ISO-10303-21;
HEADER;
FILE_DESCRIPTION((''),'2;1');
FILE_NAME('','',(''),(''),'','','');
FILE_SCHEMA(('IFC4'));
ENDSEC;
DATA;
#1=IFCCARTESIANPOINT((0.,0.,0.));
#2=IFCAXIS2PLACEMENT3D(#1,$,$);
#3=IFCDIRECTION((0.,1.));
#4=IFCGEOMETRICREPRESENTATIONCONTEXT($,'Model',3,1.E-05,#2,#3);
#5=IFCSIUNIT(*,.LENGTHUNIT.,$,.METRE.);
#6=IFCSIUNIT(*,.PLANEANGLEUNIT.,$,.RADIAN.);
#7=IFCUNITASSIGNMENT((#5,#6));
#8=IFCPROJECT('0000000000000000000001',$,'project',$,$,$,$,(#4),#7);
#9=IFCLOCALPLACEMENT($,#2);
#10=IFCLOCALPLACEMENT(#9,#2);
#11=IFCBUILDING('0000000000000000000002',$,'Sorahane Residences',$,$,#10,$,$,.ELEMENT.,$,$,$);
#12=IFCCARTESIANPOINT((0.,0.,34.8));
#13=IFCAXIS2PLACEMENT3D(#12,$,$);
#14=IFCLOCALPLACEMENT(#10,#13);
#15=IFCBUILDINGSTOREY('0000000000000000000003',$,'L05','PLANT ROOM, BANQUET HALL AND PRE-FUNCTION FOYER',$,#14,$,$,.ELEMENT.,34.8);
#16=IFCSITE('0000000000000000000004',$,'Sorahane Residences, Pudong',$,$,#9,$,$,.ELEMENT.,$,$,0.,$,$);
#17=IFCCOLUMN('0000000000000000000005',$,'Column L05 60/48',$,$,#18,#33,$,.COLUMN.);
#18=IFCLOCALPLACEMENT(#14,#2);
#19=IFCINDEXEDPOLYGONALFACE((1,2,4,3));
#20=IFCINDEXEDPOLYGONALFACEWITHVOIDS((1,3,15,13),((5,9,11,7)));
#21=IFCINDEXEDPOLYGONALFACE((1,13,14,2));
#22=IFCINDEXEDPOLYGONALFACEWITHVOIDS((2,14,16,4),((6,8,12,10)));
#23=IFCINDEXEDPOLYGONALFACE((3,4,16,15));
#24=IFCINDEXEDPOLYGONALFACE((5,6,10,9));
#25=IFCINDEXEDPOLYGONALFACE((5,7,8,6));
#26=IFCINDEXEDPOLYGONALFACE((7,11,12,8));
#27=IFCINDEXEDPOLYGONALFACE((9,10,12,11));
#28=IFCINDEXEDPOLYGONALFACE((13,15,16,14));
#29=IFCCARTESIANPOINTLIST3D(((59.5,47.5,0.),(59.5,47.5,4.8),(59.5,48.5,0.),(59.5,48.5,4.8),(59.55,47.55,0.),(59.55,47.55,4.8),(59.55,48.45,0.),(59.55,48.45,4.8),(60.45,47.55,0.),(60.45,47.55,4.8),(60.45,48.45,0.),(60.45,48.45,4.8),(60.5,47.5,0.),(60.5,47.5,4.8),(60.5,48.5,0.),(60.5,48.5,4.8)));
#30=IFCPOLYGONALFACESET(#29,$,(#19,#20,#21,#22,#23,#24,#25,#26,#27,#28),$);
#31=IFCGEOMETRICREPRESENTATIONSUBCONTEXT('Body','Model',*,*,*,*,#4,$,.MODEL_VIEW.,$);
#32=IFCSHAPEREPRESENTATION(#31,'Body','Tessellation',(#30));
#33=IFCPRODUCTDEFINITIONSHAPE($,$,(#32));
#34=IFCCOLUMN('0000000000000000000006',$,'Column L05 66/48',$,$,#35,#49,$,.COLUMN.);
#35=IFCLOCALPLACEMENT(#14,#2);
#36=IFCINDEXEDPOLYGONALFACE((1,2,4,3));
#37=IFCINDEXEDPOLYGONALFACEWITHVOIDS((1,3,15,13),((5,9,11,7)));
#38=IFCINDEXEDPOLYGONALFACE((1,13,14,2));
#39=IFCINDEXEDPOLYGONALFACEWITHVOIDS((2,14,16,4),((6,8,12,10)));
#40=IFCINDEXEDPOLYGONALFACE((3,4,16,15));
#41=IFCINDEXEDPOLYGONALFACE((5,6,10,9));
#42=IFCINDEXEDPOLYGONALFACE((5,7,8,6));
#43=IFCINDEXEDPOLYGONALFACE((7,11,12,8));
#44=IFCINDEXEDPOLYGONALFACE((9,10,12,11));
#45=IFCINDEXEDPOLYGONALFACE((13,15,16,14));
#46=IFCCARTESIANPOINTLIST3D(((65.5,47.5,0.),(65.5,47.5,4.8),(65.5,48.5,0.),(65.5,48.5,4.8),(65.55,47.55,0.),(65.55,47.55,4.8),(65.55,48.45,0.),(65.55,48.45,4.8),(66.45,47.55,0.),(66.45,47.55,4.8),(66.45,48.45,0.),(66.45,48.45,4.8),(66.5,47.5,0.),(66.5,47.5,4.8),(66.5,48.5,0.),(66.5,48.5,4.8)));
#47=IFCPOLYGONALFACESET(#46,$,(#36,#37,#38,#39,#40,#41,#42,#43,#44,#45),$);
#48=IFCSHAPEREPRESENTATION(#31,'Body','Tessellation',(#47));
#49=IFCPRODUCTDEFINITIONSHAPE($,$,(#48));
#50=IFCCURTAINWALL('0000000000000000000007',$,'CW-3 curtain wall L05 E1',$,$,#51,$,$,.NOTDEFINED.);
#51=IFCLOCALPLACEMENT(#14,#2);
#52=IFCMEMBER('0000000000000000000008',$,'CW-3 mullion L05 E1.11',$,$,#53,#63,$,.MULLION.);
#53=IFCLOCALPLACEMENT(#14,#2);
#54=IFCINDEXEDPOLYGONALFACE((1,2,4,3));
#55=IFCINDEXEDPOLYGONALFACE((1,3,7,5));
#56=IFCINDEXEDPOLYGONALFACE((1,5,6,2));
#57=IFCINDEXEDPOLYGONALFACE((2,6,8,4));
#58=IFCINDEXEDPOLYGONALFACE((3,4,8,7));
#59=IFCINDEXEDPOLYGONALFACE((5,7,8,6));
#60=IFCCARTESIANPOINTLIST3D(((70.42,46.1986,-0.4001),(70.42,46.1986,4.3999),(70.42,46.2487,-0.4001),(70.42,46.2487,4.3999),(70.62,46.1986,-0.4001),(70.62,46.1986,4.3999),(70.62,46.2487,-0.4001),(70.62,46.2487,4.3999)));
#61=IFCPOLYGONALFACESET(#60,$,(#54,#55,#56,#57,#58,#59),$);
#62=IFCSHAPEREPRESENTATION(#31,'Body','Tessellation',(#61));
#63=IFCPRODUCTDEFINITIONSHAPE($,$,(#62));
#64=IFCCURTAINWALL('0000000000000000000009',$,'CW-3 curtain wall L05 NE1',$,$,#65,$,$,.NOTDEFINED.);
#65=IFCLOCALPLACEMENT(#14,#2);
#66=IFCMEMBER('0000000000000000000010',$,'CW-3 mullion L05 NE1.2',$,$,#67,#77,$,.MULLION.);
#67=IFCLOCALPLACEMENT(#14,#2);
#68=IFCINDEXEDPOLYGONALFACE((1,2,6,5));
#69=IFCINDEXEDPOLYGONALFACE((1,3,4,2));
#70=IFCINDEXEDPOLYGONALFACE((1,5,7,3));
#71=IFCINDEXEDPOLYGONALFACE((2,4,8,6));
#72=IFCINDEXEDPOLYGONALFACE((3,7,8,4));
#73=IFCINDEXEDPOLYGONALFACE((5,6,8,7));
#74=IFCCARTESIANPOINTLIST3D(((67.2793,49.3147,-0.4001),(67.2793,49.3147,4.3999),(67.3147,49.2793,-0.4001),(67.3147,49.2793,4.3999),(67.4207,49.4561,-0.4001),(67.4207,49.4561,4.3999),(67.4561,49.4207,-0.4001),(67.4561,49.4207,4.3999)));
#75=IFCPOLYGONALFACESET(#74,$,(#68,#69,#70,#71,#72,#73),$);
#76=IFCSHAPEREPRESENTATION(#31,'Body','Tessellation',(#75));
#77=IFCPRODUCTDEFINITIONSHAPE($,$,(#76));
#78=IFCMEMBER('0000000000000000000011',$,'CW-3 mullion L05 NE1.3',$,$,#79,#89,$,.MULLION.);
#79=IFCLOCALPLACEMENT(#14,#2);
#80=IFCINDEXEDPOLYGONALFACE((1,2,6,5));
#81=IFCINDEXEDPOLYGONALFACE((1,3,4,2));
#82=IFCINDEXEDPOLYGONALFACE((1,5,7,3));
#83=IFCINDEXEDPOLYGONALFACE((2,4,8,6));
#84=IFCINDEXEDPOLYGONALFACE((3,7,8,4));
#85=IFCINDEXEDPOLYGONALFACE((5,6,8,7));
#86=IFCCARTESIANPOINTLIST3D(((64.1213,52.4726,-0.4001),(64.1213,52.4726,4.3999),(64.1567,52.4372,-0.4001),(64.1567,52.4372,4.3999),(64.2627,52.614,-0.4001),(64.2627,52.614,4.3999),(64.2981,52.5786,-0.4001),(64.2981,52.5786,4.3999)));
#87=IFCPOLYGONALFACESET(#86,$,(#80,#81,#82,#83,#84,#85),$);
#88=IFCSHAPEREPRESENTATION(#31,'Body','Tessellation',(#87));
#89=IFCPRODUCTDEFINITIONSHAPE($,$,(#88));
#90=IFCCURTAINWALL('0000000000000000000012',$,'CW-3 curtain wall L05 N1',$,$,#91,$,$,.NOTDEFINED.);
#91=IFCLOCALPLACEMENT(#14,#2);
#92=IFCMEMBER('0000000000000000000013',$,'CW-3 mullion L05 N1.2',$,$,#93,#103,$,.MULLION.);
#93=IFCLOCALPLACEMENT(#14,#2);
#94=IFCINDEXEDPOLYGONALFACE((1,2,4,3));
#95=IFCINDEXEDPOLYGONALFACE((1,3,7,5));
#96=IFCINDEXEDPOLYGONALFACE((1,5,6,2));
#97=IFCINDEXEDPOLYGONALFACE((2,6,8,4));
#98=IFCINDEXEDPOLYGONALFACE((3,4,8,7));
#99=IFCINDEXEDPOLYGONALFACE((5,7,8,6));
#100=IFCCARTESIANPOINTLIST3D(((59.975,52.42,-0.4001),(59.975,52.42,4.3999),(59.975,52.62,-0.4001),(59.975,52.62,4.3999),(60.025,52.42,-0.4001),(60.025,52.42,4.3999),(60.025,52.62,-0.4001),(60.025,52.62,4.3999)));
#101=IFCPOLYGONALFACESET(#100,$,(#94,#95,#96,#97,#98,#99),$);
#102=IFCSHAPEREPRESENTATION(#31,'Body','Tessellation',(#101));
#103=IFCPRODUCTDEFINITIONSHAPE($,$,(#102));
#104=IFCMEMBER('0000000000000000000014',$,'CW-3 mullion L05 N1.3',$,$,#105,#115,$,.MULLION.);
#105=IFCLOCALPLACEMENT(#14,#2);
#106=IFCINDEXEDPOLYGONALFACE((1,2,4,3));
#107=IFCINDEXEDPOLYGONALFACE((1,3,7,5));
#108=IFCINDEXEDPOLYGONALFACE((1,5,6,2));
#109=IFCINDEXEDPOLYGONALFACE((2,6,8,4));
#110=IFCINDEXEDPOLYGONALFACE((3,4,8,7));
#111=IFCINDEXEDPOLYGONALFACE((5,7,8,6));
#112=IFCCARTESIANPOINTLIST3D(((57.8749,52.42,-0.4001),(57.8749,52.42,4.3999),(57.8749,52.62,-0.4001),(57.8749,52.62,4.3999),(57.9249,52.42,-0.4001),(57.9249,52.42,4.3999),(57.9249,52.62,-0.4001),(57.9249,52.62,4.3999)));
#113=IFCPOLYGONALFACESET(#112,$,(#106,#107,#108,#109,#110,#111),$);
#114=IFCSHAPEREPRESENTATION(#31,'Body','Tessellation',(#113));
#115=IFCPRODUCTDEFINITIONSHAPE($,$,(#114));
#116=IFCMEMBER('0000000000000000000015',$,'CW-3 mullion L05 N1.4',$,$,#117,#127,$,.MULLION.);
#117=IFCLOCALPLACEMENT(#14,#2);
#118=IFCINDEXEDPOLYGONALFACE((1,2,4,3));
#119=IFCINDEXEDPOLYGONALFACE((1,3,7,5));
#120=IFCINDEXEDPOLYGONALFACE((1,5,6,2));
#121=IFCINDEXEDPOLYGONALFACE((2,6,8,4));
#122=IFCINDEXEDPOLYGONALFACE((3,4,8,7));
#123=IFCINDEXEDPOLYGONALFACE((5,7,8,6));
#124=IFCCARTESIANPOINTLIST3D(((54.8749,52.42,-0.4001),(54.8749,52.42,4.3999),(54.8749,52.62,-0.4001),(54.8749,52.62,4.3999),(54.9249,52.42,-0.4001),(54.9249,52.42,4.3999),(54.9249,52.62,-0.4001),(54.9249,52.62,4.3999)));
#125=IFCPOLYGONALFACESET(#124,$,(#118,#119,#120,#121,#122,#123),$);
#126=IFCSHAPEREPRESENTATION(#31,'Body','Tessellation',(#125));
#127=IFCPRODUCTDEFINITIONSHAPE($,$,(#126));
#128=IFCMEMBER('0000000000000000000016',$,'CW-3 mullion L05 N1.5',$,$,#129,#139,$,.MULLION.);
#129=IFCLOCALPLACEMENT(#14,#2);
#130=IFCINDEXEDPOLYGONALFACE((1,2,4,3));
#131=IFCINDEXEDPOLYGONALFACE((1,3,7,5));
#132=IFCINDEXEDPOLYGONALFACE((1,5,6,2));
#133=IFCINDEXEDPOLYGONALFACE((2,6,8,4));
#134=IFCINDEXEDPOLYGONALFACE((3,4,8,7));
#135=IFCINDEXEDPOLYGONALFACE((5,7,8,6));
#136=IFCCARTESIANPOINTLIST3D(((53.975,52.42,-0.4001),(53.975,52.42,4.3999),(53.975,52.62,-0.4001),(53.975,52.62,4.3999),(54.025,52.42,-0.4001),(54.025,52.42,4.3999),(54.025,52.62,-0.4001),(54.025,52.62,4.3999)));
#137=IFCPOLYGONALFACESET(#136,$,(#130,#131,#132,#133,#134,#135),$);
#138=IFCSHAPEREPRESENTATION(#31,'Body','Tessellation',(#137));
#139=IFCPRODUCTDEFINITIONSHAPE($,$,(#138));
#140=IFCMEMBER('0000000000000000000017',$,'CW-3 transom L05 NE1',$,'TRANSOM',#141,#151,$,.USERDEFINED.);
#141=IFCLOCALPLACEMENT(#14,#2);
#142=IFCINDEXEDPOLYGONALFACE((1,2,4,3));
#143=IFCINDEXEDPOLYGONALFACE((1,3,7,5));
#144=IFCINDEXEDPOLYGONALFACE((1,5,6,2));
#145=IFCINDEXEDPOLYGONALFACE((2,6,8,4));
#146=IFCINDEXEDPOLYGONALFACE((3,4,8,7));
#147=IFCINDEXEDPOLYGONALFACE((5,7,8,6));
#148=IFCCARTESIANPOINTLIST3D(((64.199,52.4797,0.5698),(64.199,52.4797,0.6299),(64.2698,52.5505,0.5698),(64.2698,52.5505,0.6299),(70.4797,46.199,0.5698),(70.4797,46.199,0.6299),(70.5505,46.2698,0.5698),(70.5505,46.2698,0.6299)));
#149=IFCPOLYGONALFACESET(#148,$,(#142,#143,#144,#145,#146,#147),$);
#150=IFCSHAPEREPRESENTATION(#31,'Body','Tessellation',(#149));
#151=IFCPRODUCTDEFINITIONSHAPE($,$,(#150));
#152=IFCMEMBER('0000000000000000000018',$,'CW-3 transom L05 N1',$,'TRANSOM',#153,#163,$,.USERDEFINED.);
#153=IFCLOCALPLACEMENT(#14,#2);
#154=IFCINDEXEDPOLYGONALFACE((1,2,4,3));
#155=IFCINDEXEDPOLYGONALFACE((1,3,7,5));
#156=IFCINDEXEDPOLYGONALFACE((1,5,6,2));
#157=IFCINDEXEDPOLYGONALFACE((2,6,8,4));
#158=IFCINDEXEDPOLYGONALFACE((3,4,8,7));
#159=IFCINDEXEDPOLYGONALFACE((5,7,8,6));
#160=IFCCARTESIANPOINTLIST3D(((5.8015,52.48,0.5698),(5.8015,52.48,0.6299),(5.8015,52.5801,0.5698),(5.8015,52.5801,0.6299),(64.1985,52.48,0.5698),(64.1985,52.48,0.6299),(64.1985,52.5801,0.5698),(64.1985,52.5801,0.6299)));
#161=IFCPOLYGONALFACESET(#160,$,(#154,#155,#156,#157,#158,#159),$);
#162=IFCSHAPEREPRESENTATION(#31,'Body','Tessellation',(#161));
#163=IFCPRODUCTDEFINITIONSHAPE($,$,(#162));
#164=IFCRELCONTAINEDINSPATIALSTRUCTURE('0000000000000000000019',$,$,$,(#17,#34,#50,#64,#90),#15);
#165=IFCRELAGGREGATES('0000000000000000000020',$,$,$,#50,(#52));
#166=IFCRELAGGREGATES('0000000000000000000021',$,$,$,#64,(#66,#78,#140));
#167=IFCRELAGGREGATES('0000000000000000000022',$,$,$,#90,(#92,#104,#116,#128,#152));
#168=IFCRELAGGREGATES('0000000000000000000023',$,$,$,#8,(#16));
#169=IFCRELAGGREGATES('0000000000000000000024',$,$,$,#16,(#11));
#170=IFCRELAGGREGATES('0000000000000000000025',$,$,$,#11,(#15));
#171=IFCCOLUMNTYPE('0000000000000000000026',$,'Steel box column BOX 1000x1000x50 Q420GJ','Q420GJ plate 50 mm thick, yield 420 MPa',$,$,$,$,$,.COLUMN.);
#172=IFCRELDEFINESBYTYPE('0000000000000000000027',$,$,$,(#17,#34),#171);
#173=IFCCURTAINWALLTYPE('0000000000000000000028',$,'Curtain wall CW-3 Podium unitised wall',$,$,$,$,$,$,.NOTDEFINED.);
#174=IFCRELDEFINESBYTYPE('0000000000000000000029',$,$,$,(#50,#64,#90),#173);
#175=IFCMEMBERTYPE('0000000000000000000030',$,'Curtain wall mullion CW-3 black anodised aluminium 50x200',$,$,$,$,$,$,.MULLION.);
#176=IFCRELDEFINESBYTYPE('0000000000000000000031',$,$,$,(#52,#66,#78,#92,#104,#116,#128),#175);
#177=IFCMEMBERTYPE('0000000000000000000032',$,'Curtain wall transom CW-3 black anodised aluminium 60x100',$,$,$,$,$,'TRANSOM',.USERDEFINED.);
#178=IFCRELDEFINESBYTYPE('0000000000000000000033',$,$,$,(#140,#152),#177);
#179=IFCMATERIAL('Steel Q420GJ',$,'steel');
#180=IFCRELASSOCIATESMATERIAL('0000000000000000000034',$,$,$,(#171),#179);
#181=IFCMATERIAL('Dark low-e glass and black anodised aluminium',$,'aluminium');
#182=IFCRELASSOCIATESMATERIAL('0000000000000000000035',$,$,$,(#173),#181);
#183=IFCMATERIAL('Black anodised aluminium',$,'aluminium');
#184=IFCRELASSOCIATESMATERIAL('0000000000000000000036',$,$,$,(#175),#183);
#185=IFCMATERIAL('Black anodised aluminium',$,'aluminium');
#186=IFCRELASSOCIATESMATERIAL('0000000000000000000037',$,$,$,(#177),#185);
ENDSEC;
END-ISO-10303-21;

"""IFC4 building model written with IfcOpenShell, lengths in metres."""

from ifc_helpers import new_model, si_unit, direction, frame, origin, origin_2d, place, context, subcontext, project, spatial, rectangle, hollow_rectangle, extrude, material, material_profile, profile_set, type_object, element, aggregate, save


model = new_model("IFC4")

# Units and contexts
model_context = context("Model", 3, precision=1e-05, world=origin(), true_north=direction((0.0, 1.0)))
body_context = subcontext(model_context, "Body", "Model", "MODEL_VIEW")
ifc_project = project(units=[si_unit("LENGTHUNIT", "METRE"), si_unit("PLANEANGLEUNIT", "RADIAN")], contexts=[model_context])

# Site, building, storey
site_placement = place(None, origin())
site = spatial("IfcSite", under=ifc_project, at=site_placement, Name="Sorahane Residences, Pudong", CompositionType="ELEMENT", RefElevation=0.0)
building_placement = place(site_placement, origin())
building = spatial("IfcBuilding", under=site, at=building_placement, Name="Sorahane Residences", CompositionType="ELEMENT")
storey_placement = place(building_placement, frame((0.0, 0.0, 34.8)))
storey = spatial("IfcBuildingStorey", under=building, at=storey_placement, Name="L05", Description="PLANT ROOM, BANQUET HALL AND PRE-FUNCTION FOYER", CompositionType="ELEMENT", Elevation=34.8)

# Columns
ifc_material_1 = material(Name="Steel Q420GJ", Category="steel")
ifc_material_profile_1 = material_profile(ifc_material_1, hollow_rectangle(XDim=1.0, YDim=1.0, WallThickness=0.05, at=origin_2d()), Name="BOX 1000x1000x50")
ifc_profile_set_1 = profile_set([ifc_material_profile_1], Name="Steel Q420GJ")
column_type = type_object("IfcColumnType", Name="Steel box column BOX 1000x1000x50 Q420GJ", Description="Q420GJ plate 50 mm thick, yield 420 MPa", PredefinedType="COLUMN", material=ifc_profile_set_1)
for number, where, z_axis, x_axis, name in (
    (1, (60.0, 48.0, 0.0), (0.0, 0.0, 1.0), (1.0, 0.0, 0.0), "Column L05 60/48"),
    (2, (66.0, 48.0, 0.0), (0.0, 0.0, 1.0), (1.0, 0.0, 0.0), "Column L05 66/48"),
):
    element("IfcColumn", number, at=place(storey_placement, frame(where, z_axis=z_axis, x_axis=x_axis)), inside=storey, type_object=column_type, Name=name, PredefinedType="COLUMN", context=body_context, shape_type="SweptSolid", body=[
        extrude(hollow_rectangle(XDim=1.0, YDim=1.0, WallThickness=0.05, at=origin_2d()), origin(), (0.0, 0.0, 1.0), 4.8),
    ])

# Curtain wall, member
ifc_material_2 = material(Name="Dark low-e glass and black anodised aluminium", Category="aluminium")
curtain_wall_type = type_object("IfcCurtainWallType", Name="Curtain wall CW-3 Podium unitised wall", PredefinedType="NOTDEFINED", material=ifc_material_2)
curtain_wall_1_placement = place(storey_placement, origin())
curtain_wall_1 = element("IfcCurtainWall", 3, at=curtain_wall_1_placement, inside=storey, type_object=curtain_wall_type, Name="CW-3 curtain wall L05 E1", PredefinedType="NOTDEFINED")
ifc_material_3 = material(Name="Black anodised aluminium", Category="aluminium")
ifc_material_profile_2 = material_profile(ifc_material_3, rectangle(XDim=0.2, YDim=0.05, at=origin_2d()), Name="Curtain wall mullion CW-3 black anodised aluminium 50x200")
ifc_profile_set_2 = profile_set([ifc_material_profile_2], Name="Black anodised aluminium")
member_type_1 = type_object("IfcMemberType", Name="Curtain wall mullion CW-3 black anodised aluminium 50x200", PredefinedType="MULLION", material=ifc_profile_set_2)
member_1_placement = place(storey_placement, frame((70.52, 46.2236, -0.4001), z_axis=(0.0, 0.0, 1.0), x_axis=(1.0, 0.0, 0.0)))
member_1 = element("IfcMember", 4, at=member_1_placement, type_object=member_type_1, Name="CW-3 mullion L05 E1.11", PredefinedType="MULLION", context=body_context, shape_type="SweptSolid", body=[
    extrude(rectangle(XDim=0.2, YDim=0.05, at=origin_2d()), origin(), (0.0, 0.0, 1.0), 4.8),
])

# Curtain walls, members
curtain_wall_2_placement = place(storey_placement, origin())
curtain_wall_2 = element("IfcCurtainWall", 5, at=curtain_wall_2_placement, inside=storey, type_object=curtain_wall_type, Name="CW-3 curtain wall L05 NE1", PredefinedType="NOTDEFINED")
member_2_placement = place(storey_placement, frame((67.3677, 49.3677, -0.4001), z_axis=(0.0, 0.0, 1.0), x_axis=(0.707107, 0.707107, 0.0)))
member_2 = element("IfcMember", 6, at=member_2_placement, type_object=member_type_1, Name="CW-3 mullion L05 NE1.2", PredefinedType="MULLION", context=body_context, shape_type="SweptSolid", body=[
    extrude(rectangle(XDim=0.2, YDim=0.05, at=origin_2d()), origin(), (0.0, 0.0, 1.0), 4.8),
])
member_3_placement = place(storey_placement, frame((64.2097, 52.5256, -0.4001), z_axis=(0.0, 0.0, 1.0), x_axis=(0.707107, 0.707107, 0.0)))
member_3 = element("IfcMember", 7, at=member_3_placement, type_object=member_type_1, Name="CW-3 mullion L05 NE1.3", PredefinedType="MULLION", context=body_context, shape_type="SweptSolid", body=[
    extrude(rectangle(XDim=0.2, YDim=0.05, at=origin_2d()), origin(), (0.0, 0.0, 1.0), 4.8),
])
curtain_wall_3_placement = place(storey_placement, origin())
curtain_wall_3 = element("IfcCurtainWall", 8, at=curtain_wall_3_placement, inside=storey, type_object=curtain_wall_type, Name="CW-3 curtain wall L05 N1", PredefinedType="NOTDEFINED")
member_4_placement = place(storey_placement, frame((60.0, 52.52, -0.4001), z_axis=(0.0, 0.0, 1.0), x_axis=(0.0, 1.0, 0.0)))
member_4 = element("IfcMember", 9, at=member_4_placement, type_object=member_type_1, Name="CW-3 mullion L05 N1.2", PredefinedType="MULLION", context=body_context, shape_type="SweptSolid", body=[
    extrude(rectangle(XDim=0.2, YDim=0.05, at=origin_2d()), origin(), (0.0, 0.0, 1.0), 4.8),
])
member_5_placement = place(storey_placement, frame((57.8999, 52.52, -0.4001), z_axis=(0.0, 0.0, 1.0), x_axis=(0.0, 1.0, 0.0)))
member_5 = element("IfcMember", 10, at=member_5_placement, type_object=member_type_1, Name="CW-3 mullion L05 N1.3", PredefinedType="MULLION", context=body_context, shape_type="SweptSolid", body=[
    extrude(rectangle(XDim=0.2, YDim=0.05, at=origin_2d()), origin(), (0.0, 0.0, 1.0), 4.8),
])
member_6_placement = place(storey_placement, frame((54.8999, 52.52, -0.4001), z_axis=(0.0, 0.0, 1.0), x_axis=(0.0, 1.0, 0.0)))
member_6 = element("IfcMember", 11, at=member_6_placement, type_object=member_type_1, Name="CW-3 mullion L05 N1.4", PredefinedType="MULLION", context=body_context, shape_type="SweptSolid", body=[
    extrude(rectangle(XDim=0.2, YDim=0.05, at=origin_2d()), origin(), (0.0, 0.0, 1.0), 4.8),
])
member_7_placement = place(storey_placement, frame((54.0, 52.52, -0.4001), z_axis=(0.0, 0.0, 1.0), x_axis=(0.0, 1.0, 0.0)))
member_7 = element("IfcMember", 12, at=member_7_placement, type_object=member_type_1, Name="CW-3 mullion L05 N1.5", PredefinedType="MULLION", context=body_context, shape_type="SweptSolid", body=[
    extrude(rectangle(XDim=0.2, YDim=0.05, at=origin_2d()), origin(), (0.0, 0.0, 1.0), 4.8),
])

# Members
ifc_material_4 = material(Name="Black anodised aluminium", Category="aluminium")
ifc_material_profile_3 = material_profile(ifc_material_4, rectangle(XDim=0.1001, YDim=0.0601, at=origin_2d()), Name="Curtain wall transom CW-3 black anodised aluminium 60x100")
ifc_profile_set_3 = profile_set([ifc_material_profile_3], Name="Black anodised aluminium")
member_type_2 = type_object("IfcMemberType", Name="Curtain wall transom CW-3 black anodised aluminium 60x100", ElementType="TRANSOM", PredefinedType="USERDEFINED", material=ifc_profile_set_3)
member_8_placement = place(storey_placement, frame((70.5151, 46.2344, 0.5999), z_axis=(-0.707107, 0.707107, 0.0), x_axis=(-0.707107, -0.707107, 0.0)))
member_8 = element("IfcMember", 13, at=member_8_placement, type_object=member_type_2, Name="CW-3 transom L05 NE1", ObjectType="TRANSOM", PredefinedType="USERDEFINED", context=body_context, shape_type="SweptSolid", body=[
    extrude(rectangle(XDim=0.1001, YDim=0.0601, at=origin_2d()), origin(), (0.0, 0.0, 1.0), 8.8823),
])
member_9_placement = place(storey_placement, frame((64.1985, 52.53, 0.5999), z_axis=(-1.0, 0.0, 0.0), x_axis=(0.0, -1.0, 0.0)))
member_9 = element("IfcMember", 14, at=member_9_placement, type_object=member_type_2, Name="CW-3 transom L05 N1", ObjectType="TRANSOM", PredefinedType="USERDEFINED", context=body_context, shape_type="SweptSolid", body=[
    extrude(rectangle(XDim=0.1001, YDim=0.0601, at=origin_2d()), origin(), (0.0, 0.0, 1.0), 58.397),
])

aggregate(curtain_wall_1, [member_1])
aggregate(curtain_wall_2, [member_2, member_3, member_8])
aggregate(curtain_wall_3, [member_4, member_5, member_6, member_7, member_9])

save(model, "model.ifc")
